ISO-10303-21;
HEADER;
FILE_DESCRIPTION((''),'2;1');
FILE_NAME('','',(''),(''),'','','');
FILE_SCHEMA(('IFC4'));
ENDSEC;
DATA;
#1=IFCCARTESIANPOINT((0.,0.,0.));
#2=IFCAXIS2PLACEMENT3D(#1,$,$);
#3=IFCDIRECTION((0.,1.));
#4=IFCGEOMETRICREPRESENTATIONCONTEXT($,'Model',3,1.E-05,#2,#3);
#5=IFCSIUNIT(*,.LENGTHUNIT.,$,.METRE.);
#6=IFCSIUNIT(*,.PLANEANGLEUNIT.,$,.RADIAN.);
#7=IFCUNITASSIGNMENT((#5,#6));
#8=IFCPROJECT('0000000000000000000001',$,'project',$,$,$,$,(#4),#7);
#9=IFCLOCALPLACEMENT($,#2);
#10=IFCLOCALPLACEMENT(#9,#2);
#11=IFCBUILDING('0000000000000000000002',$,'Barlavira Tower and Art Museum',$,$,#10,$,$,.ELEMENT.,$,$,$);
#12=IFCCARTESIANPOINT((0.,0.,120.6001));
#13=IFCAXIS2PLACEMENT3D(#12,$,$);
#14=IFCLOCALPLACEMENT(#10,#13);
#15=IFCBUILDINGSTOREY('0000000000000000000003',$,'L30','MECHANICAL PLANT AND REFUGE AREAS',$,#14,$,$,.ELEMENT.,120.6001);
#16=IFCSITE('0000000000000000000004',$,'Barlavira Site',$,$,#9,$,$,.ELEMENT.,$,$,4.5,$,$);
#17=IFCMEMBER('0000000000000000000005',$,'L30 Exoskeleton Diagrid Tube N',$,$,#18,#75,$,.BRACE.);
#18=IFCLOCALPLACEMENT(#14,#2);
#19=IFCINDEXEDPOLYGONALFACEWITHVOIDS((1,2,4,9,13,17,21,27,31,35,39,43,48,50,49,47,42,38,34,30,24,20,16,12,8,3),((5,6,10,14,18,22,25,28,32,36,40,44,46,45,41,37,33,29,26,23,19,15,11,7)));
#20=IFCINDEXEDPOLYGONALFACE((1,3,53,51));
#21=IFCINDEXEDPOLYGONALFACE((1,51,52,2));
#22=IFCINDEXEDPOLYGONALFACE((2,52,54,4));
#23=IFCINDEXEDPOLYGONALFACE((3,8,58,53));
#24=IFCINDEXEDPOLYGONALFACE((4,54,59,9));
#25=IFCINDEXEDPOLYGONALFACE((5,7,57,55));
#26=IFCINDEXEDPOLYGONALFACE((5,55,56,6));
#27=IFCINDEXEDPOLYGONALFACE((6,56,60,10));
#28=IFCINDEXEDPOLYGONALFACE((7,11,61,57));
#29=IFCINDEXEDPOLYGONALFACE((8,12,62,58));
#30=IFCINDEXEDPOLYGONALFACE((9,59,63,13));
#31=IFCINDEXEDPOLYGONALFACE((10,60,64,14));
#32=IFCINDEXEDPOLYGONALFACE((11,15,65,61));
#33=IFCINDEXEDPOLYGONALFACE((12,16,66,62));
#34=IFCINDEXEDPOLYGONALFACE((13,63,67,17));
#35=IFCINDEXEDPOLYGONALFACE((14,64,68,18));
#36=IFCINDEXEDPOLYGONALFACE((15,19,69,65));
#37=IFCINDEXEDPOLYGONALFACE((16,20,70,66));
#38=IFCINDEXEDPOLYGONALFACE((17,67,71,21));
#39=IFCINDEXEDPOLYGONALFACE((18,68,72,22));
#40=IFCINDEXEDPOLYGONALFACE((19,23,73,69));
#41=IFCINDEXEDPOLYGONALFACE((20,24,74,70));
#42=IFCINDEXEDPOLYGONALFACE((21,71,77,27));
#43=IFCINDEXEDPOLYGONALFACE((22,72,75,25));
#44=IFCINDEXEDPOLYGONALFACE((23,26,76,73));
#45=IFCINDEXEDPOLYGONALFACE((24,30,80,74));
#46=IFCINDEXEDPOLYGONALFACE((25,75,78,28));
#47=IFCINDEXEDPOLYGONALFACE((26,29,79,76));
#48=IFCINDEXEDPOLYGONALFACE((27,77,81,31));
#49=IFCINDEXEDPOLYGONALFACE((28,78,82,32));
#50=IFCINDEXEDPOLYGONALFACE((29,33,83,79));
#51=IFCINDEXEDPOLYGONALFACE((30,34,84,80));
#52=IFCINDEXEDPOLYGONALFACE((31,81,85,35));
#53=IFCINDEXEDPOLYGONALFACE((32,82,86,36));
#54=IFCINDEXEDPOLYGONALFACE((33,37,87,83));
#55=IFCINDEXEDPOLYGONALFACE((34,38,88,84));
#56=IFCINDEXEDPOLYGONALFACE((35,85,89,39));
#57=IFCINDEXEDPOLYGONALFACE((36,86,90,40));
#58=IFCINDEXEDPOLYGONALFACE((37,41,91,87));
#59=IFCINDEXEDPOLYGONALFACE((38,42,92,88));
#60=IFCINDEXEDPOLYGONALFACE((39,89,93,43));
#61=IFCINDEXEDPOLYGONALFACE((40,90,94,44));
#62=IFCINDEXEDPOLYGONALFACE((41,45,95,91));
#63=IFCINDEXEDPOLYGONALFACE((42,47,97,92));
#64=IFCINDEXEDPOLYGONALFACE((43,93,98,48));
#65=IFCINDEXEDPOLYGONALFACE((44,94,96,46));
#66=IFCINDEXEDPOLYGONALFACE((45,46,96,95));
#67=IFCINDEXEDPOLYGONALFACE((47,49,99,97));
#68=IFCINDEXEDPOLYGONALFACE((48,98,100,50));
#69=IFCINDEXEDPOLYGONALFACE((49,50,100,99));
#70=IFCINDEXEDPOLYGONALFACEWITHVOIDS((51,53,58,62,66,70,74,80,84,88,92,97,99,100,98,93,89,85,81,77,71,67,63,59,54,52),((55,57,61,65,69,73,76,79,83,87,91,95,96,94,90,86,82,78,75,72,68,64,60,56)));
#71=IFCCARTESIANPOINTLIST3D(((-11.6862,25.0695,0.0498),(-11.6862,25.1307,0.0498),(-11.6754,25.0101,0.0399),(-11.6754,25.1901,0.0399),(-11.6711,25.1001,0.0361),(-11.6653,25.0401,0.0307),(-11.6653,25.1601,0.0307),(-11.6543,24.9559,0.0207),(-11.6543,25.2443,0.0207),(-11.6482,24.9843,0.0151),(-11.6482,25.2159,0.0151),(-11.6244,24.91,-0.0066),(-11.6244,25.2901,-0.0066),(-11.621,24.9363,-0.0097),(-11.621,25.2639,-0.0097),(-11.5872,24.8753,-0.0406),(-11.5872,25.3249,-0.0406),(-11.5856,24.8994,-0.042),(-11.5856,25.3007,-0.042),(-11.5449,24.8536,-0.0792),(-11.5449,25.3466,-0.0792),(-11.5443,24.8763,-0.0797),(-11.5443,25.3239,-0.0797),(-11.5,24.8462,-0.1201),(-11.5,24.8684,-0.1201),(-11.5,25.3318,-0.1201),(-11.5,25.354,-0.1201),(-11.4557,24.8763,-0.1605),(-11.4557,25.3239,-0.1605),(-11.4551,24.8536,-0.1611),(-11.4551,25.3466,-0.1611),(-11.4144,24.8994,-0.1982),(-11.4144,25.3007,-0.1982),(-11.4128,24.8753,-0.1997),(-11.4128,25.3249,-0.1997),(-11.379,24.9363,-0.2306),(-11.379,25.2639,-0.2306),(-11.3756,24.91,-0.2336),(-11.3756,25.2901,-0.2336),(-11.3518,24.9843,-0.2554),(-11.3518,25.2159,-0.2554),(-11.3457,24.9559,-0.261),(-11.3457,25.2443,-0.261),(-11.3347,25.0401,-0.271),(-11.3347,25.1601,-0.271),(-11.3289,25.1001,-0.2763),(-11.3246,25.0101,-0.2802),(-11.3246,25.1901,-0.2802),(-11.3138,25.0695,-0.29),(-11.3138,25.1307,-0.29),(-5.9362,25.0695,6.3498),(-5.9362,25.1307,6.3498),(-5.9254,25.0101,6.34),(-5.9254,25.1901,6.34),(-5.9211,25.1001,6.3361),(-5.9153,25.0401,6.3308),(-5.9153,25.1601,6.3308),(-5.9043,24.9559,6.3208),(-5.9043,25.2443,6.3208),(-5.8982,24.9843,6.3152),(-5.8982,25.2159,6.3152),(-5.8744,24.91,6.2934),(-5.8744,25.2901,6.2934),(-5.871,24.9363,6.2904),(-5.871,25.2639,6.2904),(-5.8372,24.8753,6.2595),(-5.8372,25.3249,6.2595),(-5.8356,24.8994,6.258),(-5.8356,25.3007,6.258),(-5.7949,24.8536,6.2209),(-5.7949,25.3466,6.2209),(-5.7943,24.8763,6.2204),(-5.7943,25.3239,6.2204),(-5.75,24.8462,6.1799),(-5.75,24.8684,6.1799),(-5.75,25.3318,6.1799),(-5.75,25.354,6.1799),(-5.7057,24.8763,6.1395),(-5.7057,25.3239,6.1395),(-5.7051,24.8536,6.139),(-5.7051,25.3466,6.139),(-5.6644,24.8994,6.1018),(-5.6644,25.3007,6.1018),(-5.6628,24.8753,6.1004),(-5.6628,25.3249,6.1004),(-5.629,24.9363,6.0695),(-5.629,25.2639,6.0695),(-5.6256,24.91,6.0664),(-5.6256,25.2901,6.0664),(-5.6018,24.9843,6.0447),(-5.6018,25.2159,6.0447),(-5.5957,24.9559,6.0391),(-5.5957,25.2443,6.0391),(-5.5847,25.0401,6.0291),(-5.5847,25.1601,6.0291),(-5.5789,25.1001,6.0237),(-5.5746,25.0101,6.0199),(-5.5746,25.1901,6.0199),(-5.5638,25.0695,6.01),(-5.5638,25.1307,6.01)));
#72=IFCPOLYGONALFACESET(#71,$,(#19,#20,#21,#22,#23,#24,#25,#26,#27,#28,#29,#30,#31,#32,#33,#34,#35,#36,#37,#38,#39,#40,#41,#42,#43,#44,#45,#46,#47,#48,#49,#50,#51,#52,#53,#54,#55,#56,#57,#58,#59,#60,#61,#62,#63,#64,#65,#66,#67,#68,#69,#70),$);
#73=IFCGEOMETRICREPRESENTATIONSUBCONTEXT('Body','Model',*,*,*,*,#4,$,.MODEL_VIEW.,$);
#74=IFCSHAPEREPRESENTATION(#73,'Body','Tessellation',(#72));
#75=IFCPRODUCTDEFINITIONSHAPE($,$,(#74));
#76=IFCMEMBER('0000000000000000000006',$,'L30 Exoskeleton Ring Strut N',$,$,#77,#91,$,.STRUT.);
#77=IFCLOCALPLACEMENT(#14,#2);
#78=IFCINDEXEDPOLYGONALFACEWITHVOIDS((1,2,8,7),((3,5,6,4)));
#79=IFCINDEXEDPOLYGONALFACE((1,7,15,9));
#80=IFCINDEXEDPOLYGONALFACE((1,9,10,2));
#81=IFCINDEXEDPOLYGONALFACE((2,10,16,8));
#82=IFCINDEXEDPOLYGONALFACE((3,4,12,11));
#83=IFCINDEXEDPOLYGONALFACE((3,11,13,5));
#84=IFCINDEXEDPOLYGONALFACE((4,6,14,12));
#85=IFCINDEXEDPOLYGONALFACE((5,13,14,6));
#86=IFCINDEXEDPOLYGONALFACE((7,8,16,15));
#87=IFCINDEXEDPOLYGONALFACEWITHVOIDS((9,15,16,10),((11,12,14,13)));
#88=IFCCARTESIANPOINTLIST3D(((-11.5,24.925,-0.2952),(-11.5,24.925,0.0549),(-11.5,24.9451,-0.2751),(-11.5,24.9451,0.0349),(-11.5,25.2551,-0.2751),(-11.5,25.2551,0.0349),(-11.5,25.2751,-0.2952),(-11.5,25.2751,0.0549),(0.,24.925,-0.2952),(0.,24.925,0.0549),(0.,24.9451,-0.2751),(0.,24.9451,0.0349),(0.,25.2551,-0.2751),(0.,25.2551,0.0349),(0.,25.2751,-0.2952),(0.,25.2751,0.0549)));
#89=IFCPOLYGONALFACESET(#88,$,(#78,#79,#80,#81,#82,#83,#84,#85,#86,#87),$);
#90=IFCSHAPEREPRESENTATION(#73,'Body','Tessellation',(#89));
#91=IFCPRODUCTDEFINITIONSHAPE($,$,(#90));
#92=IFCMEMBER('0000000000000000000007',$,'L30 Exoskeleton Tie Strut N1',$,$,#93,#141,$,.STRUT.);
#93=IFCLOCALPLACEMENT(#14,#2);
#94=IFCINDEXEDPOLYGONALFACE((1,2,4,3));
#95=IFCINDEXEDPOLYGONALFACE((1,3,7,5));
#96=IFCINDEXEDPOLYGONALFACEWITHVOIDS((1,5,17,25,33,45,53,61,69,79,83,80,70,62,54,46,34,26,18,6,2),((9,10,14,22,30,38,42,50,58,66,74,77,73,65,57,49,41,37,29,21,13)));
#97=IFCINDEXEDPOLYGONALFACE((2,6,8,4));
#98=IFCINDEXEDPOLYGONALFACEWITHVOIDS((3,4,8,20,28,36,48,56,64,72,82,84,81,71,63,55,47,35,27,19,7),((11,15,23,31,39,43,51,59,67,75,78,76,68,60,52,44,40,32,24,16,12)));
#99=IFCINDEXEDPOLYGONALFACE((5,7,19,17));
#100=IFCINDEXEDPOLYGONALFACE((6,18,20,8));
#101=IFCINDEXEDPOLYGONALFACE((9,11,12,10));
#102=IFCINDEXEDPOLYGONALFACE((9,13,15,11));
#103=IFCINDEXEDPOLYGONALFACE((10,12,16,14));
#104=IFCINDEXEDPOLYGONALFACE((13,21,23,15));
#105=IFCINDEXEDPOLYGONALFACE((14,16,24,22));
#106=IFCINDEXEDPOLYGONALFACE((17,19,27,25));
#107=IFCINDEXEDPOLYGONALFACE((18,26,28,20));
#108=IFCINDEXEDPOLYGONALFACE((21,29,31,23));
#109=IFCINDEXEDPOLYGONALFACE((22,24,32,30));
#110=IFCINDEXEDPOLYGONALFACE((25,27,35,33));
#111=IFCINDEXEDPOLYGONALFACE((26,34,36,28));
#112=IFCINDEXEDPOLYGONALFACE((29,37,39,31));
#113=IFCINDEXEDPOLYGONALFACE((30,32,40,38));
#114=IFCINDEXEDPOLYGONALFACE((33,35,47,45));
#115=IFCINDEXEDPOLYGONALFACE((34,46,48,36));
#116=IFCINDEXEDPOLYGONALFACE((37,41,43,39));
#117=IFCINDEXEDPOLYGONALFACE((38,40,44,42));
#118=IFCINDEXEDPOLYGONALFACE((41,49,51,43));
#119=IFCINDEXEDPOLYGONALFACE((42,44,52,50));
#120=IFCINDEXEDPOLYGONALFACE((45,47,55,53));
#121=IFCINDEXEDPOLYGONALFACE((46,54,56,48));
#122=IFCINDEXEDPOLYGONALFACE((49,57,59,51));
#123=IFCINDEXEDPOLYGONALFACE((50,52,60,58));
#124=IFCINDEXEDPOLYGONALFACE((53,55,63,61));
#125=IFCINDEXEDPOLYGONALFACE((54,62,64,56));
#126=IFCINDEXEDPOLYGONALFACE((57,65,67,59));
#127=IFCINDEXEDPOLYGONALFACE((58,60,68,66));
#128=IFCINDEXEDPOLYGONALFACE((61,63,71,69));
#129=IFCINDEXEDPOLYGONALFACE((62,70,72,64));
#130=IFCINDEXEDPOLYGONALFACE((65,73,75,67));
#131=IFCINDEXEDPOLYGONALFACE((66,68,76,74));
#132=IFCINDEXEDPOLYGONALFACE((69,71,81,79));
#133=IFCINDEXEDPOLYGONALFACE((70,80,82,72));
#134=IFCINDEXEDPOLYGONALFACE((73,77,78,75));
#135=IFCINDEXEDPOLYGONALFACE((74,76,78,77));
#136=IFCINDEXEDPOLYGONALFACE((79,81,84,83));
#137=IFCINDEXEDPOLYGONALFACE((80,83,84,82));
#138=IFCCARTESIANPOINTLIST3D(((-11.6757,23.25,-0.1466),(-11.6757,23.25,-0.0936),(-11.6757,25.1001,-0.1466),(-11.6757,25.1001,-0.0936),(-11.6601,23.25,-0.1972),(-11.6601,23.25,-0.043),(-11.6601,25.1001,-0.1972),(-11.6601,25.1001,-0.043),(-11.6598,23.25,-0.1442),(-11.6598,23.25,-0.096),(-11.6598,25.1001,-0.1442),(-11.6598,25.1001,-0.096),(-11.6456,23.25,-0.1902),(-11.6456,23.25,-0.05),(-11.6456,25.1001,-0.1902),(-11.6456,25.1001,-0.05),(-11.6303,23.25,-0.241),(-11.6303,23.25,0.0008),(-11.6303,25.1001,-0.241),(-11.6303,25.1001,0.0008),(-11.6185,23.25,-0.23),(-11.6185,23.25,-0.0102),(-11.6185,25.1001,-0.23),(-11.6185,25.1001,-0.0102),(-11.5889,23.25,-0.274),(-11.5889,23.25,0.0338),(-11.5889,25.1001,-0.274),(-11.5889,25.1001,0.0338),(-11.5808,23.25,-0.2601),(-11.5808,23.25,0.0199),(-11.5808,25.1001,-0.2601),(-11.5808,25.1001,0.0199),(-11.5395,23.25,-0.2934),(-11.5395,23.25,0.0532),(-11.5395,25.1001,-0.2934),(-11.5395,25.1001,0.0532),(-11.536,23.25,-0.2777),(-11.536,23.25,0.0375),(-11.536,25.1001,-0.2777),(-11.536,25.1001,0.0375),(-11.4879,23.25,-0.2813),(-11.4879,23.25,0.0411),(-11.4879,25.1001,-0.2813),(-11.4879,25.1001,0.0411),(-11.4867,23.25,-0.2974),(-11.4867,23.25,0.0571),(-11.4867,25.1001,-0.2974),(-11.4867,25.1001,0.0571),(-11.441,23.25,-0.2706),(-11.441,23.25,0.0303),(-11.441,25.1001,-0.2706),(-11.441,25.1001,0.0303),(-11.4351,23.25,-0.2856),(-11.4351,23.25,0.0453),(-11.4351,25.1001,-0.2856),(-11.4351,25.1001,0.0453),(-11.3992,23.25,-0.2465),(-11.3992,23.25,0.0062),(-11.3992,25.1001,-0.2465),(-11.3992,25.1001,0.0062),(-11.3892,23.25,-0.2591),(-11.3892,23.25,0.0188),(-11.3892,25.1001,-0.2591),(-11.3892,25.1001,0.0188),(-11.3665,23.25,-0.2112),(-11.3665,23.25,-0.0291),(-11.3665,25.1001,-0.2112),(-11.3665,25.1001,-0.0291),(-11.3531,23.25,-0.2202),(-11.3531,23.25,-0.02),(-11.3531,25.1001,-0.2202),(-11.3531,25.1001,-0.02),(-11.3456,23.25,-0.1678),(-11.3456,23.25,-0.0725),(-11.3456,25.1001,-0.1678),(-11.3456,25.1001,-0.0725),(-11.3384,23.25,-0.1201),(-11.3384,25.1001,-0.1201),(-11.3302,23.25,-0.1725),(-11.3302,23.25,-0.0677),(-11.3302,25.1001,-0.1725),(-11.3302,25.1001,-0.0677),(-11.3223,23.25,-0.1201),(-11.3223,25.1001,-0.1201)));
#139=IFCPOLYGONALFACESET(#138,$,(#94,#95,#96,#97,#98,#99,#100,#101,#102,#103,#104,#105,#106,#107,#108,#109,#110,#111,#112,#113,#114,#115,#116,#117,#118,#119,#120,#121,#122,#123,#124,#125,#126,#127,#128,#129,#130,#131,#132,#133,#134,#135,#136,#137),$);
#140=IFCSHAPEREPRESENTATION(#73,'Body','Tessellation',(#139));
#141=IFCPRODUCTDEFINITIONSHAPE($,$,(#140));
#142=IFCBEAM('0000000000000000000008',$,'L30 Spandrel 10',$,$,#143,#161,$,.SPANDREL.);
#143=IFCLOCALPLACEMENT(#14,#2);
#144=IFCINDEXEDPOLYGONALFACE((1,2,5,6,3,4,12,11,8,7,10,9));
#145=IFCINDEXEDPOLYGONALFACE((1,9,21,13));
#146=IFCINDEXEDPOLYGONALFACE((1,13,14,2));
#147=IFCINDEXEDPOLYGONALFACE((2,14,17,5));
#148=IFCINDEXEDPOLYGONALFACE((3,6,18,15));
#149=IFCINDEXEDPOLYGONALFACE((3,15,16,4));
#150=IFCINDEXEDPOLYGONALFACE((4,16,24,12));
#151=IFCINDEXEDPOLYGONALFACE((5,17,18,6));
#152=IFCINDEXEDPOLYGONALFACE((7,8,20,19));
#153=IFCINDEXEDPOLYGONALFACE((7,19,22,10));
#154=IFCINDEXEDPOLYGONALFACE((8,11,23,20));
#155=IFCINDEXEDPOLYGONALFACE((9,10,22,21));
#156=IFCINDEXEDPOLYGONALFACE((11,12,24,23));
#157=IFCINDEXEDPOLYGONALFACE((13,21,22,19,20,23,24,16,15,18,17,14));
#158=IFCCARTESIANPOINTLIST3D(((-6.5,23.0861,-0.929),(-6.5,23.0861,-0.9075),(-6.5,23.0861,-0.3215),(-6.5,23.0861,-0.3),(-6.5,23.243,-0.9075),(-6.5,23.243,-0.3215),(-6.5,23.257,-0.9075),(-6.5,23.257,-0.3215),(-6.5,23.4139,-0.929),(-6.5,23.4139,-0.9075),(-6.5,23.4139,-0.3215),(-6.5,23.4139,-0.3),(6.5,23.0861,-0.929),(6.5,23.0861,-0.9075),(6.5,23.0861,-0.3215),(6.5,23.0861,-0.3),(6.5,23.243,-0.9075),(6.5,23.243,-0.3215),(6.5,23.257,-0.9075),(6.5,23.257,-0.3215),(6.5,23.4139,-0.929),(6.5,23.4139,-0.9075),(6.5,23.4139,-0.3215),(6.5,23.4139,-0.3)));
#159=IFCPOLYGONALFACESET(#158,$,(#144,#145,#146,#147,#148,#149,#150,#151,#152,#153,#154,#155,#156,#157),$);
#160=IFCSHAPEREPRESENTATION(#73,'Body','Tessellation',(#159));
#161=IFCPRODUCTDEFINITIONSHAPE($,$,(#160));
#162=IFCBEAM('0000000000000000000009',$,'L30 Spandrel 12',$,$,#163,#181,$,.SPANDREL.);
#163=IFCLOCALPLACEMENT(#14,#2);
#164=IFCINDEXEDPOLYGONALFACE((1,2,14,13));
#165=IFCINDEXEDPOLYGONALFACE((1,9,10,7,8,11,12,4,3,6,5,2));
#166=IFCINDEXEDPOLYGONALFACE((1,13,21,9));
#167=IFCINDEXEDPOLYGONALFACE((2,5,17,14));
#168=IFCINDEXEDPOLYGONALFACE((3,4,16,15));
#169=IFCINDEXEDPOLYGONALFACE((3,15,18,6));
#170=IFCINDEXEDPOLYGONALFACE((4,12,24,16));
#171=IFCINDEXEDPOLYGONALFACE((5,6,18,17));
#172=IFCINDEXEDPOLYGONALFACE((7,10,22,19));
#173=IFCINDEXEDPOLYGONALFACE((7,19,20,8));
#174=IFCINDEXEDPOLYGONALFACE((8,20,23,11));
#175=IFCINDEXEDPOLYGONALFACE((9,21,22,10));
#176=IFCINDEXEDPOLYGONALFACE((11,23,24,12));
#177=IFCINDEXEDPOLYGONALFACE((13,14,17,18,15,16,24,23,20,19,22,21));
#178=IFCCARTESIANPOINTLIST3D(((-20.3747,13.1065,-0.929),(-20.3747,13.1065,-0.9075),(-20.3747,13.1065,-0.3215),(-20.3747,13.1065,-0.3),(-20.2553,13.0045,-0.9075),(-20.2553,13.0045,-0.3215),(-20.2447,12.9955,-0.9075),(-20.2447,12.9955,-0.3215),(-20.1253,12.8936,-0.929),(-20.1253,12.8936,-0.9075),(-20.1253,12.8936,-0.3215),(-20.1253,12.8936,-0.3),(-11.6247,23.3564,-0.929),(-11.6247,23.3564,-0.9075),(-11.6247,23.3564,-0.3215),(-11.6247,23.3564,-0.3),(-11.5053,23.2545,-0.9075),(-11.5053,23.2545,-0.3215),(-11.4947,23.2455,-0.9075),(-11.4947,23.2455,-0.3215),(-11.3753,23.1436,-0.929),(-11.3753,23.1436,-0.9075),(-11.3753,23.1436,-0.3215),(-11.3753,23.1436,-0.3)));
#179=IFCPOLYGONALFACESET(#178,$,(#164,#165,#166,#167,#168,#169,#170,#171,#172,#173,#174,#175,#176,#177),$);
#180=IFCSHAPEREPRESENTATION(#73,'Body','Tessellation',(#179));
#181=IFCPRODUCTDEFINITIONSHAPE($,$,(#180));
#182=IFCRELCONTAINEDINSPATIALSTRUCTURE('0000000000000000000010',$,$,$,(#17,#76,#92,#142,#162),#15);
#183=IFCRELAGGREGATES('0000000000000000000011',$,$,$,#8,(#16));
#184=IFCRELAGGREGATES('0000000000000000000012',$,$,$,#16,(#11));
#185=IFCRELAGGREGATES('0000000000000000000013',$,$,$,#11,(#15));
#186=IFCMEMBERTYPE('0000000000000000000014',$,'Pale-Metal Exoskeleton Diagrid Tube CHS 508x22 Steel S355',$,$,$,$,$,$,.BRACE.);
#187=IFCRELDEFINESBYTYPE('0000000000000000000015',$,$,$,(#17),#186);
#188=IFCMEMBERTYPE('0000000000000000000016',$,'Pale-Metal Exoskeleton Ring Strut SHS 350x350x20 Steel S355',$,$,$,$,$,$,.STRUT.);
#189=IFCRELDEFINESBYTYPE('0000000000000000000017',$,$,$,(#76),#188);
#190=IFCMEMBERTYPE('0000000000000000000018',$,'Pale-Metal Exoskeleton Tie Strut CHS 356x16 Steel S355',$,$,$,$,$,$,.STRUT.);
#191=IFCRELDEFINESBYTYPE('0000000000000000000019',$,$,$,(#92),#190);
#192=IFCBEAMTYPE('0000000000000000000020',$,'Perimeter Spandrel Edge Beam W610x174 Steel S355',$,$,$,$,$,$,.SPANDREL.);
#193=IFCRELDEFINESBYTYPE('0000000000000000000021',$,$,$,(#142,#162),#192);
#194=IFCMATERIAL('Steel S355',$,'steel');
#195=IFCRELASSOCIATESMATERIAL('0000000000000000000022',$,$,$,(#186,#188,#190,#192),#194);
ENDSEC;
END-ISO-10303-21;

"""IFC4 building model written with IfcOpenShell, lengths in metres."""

from ifc_helpers import new_model, si_unit, direction, frame, origin, origin_2d, place, context, subcontext, project, spatial, hollow_rectangle, hollow_circle, i_section, extrude, material, material_profile, profile_set, type_object, element, save


model = new_model("IFC4")

# Units and contexts
model_context = context("Model", 3, precision=1e-05, world=origin(), true_north=direction((0.0, 1.0)))
body_context = subcontext(model_context, "Body", "Model", "MODEL_VIEW")
ifc_project = project(units=[si_unit("LENGTHUNIT", "METRE"), si_unit("PLANEANGLEUNIT", "RADIAN")], contexts=[model_context])

# Site, building, storey
site_placement = place(None, origin())
site = spatial("IfcSite", under=ifc_project, at=site_placement, Name="Barlavira Site", CompositionType="ELEMENT", RefElevation=4.5)
building_placement = place(site_placement, origin())
building = spatial("IfcBuilding", under=site, at=building_placement, Name="Barlavira Tower and Art Museum", CompositionType="ELEMENT")
storey_placement = place(building_placement, frame((0.0, 0.0, 120.6001)))
storey = spatial("IfcBuildingStorey", under=building, at=storey_placement, Name="L30", Description="MECHANICAL PLANT AND REFUGE AREAS", CompositionType="ELEMENT", Elevation=120.6001)

# Shared definitions
ifc_material_1 = material(Name="Steel S355", Category="steel")

# Members
ifc_material_profile_1 = material_profile(ifc_material_1, hollow_circle(Radius=0.2539, WallThickness=0.0222, at=origin_2d()), Name="CHS 508.0x22.2")
ifc_profile_set_1 = profile_set([ifc_material_profile_1], Name="Steel S355")
member_type_1 = type_object("IfcMemberType", Name="Pale-Metal Exoskeleton Diagrid Tube CHS 508x22 Steel S355", PredefinedType="BRACE", material=ifc_profile_set_1)
member_1_placement = place(storey_placement, frame((-11.5, 25.1001, -0.1201), z_axis=(0.674128, 0.0, 0.738615), x_axis=(0.0, 1.0, 0.0)))
element("IfcMember", 1, at=member_1_placement, inside=storey, type_object=member_type_1, Name="L30 Exoskeleton Diagrid Tube N", PredefinedType="BRACE", context=body_context, shape_type="SweptSolid", body=[
    extrude(hollow_circle(Radius=0.2539, WallThickness=0.0222, at=origin_2d()), origin(), (0.0, 0.0, 1.0), 8.5295),
])
ifc_material_profile_2 = material_profile(ifc_material_1, hollow_rectangle(XDim=0.3501, YDim=0.3501, WallThickness=0.02, at=origin_2d()), Name="SHS 350x350x20.0")
ifc_profile_set_2 = profile_set([ifc_material_profile_2], Name="Steel S355")
member_type_2 = type_object("IfcMemberType", Name="Pale-Metal Exoskeleton Ring Strut SHS 350x350x20 Steel S355", PredefinedType="STRUT", material=ifc_profile_set_2)
member_2_placement = place(storey_placement, frame((-11.5, 25.1001, -0.1201), z_axis=(1.0, 0.0, 0.0), x_axis=(0.0, 1.0, 0.0)))
element("IfcMember", 2, at=member_2_placement, inside=storey, type_object=member_type_2, Name="L30 Exoskeleton Ring Strut N", PredefinedType="STRUT", context=body_context, shape_type="SweptSolid", body=[
    extrude(hollow_rectangle(XDim=0.3501, YDim=0.3501, WallThickness=0.02, at=origin_2d()), origin(), (0.0, 0.0, 1.0), 11.5),
])
ifc_material_profile_3 = material_profile(ifc_material_1, hollow_circle(Radius=0.1777, WallThickness=0.0161, at=origin_2d()), Name="CHS 355.6x16.0")
ifc_profile_set_3 = profile_set([ifc_material_profile_3], Name="Steel S355")
member_type_3 = type_object("IfcMemberType", Name="Pale-Metal Exoskeleton Tie Strut CHS 356x16 Steel S355", PredefinedType="STRUT", material=ifc_profile_set_3)
member_3_placement = place(storey_placement, frame((-11.5, 25.1001, -0.1201), z_axis=(0.0, -1.0, 0.0), x_axis=(1.0, 0.0, 0.0)))
element("IfcMember", 3, at=member_3_placement, inside=storey, type_object=member_type_3, Name="L30 Exoskeleton Tie Strut N1", PredefinedType="STRUT", context=body_context, shape_type="SweptSolid", body=[
    extrude(hollow_circle(Radius=0.1777, WallThickness=0.0161, at=origin_2d()), origin(), (0.0, 0.0, 1.0), 1.8501),
])

# Beams
ifc_material_profile_4 = material_profile(ifc_material_1, i_section(OverallWidth=0.3279, OverallDepth=0.6289, WebThickness=0.0139, FlangeThickness=0.0215, at=origin_2d()), Name="W610x174.0")
ifc_profile_set_4 = profile_set([ifc_material_profile_4], Name="Steel S355")
beam_type_1 = type_object("IfcBeamType", Name="Perimeter Spandrel Edge Beam W610x174 Steel S355", PredefinedType="SPANDREL", material=ifc_profile_set_4)
beam_1_placement = place(storey_placement, frame((-6.5, 23.25, -0.6145), z_axis=(1.0, 0.0, 0.0), x_axis=(0.0, 1.0, 0.0)))
element("IfcBeam", 4, at=beam_1_placement, inside=storey, type_object=beam_type_1, Name="L30 Spandrel 10", PredefinedType="SPANDREL", context=body_context, shape_type="SweptSolid", body=[
    extrude(i_section(OverallWidth=0.3279, OverallDepth=0.6289, WebThickness=0.0139, FlangeThickness=0.0215, at=origin_2d()), origin(), (0.0, 0.0, 1.0), 13.0),
])
beam_2_placement = place(storey_placement, frame((-11.5, 23.25, -0.6145), z_axis=(-0.649262, -0.760565, 0.0), x_axis=(0.760565, -0.649262, 0.0)))
element("IfcBeam", 5, at=beam_2_placement, inside=storey, type_object=beam_type_1, Name="L30 Spandrel 12", PredefinedType="SPANDREL", context=body_context, shape_type="SweptSolid", body=[
    extrude(i_section(OverallWidth=0.3279, OverallDepth=0.6289, WebThickness=0.0139, FlangeThickness=0.0215, at=origin_2d()), origin(), (0.0, 0.0, 1.0), 13.4768),
])

save(model, "model.ifc")
